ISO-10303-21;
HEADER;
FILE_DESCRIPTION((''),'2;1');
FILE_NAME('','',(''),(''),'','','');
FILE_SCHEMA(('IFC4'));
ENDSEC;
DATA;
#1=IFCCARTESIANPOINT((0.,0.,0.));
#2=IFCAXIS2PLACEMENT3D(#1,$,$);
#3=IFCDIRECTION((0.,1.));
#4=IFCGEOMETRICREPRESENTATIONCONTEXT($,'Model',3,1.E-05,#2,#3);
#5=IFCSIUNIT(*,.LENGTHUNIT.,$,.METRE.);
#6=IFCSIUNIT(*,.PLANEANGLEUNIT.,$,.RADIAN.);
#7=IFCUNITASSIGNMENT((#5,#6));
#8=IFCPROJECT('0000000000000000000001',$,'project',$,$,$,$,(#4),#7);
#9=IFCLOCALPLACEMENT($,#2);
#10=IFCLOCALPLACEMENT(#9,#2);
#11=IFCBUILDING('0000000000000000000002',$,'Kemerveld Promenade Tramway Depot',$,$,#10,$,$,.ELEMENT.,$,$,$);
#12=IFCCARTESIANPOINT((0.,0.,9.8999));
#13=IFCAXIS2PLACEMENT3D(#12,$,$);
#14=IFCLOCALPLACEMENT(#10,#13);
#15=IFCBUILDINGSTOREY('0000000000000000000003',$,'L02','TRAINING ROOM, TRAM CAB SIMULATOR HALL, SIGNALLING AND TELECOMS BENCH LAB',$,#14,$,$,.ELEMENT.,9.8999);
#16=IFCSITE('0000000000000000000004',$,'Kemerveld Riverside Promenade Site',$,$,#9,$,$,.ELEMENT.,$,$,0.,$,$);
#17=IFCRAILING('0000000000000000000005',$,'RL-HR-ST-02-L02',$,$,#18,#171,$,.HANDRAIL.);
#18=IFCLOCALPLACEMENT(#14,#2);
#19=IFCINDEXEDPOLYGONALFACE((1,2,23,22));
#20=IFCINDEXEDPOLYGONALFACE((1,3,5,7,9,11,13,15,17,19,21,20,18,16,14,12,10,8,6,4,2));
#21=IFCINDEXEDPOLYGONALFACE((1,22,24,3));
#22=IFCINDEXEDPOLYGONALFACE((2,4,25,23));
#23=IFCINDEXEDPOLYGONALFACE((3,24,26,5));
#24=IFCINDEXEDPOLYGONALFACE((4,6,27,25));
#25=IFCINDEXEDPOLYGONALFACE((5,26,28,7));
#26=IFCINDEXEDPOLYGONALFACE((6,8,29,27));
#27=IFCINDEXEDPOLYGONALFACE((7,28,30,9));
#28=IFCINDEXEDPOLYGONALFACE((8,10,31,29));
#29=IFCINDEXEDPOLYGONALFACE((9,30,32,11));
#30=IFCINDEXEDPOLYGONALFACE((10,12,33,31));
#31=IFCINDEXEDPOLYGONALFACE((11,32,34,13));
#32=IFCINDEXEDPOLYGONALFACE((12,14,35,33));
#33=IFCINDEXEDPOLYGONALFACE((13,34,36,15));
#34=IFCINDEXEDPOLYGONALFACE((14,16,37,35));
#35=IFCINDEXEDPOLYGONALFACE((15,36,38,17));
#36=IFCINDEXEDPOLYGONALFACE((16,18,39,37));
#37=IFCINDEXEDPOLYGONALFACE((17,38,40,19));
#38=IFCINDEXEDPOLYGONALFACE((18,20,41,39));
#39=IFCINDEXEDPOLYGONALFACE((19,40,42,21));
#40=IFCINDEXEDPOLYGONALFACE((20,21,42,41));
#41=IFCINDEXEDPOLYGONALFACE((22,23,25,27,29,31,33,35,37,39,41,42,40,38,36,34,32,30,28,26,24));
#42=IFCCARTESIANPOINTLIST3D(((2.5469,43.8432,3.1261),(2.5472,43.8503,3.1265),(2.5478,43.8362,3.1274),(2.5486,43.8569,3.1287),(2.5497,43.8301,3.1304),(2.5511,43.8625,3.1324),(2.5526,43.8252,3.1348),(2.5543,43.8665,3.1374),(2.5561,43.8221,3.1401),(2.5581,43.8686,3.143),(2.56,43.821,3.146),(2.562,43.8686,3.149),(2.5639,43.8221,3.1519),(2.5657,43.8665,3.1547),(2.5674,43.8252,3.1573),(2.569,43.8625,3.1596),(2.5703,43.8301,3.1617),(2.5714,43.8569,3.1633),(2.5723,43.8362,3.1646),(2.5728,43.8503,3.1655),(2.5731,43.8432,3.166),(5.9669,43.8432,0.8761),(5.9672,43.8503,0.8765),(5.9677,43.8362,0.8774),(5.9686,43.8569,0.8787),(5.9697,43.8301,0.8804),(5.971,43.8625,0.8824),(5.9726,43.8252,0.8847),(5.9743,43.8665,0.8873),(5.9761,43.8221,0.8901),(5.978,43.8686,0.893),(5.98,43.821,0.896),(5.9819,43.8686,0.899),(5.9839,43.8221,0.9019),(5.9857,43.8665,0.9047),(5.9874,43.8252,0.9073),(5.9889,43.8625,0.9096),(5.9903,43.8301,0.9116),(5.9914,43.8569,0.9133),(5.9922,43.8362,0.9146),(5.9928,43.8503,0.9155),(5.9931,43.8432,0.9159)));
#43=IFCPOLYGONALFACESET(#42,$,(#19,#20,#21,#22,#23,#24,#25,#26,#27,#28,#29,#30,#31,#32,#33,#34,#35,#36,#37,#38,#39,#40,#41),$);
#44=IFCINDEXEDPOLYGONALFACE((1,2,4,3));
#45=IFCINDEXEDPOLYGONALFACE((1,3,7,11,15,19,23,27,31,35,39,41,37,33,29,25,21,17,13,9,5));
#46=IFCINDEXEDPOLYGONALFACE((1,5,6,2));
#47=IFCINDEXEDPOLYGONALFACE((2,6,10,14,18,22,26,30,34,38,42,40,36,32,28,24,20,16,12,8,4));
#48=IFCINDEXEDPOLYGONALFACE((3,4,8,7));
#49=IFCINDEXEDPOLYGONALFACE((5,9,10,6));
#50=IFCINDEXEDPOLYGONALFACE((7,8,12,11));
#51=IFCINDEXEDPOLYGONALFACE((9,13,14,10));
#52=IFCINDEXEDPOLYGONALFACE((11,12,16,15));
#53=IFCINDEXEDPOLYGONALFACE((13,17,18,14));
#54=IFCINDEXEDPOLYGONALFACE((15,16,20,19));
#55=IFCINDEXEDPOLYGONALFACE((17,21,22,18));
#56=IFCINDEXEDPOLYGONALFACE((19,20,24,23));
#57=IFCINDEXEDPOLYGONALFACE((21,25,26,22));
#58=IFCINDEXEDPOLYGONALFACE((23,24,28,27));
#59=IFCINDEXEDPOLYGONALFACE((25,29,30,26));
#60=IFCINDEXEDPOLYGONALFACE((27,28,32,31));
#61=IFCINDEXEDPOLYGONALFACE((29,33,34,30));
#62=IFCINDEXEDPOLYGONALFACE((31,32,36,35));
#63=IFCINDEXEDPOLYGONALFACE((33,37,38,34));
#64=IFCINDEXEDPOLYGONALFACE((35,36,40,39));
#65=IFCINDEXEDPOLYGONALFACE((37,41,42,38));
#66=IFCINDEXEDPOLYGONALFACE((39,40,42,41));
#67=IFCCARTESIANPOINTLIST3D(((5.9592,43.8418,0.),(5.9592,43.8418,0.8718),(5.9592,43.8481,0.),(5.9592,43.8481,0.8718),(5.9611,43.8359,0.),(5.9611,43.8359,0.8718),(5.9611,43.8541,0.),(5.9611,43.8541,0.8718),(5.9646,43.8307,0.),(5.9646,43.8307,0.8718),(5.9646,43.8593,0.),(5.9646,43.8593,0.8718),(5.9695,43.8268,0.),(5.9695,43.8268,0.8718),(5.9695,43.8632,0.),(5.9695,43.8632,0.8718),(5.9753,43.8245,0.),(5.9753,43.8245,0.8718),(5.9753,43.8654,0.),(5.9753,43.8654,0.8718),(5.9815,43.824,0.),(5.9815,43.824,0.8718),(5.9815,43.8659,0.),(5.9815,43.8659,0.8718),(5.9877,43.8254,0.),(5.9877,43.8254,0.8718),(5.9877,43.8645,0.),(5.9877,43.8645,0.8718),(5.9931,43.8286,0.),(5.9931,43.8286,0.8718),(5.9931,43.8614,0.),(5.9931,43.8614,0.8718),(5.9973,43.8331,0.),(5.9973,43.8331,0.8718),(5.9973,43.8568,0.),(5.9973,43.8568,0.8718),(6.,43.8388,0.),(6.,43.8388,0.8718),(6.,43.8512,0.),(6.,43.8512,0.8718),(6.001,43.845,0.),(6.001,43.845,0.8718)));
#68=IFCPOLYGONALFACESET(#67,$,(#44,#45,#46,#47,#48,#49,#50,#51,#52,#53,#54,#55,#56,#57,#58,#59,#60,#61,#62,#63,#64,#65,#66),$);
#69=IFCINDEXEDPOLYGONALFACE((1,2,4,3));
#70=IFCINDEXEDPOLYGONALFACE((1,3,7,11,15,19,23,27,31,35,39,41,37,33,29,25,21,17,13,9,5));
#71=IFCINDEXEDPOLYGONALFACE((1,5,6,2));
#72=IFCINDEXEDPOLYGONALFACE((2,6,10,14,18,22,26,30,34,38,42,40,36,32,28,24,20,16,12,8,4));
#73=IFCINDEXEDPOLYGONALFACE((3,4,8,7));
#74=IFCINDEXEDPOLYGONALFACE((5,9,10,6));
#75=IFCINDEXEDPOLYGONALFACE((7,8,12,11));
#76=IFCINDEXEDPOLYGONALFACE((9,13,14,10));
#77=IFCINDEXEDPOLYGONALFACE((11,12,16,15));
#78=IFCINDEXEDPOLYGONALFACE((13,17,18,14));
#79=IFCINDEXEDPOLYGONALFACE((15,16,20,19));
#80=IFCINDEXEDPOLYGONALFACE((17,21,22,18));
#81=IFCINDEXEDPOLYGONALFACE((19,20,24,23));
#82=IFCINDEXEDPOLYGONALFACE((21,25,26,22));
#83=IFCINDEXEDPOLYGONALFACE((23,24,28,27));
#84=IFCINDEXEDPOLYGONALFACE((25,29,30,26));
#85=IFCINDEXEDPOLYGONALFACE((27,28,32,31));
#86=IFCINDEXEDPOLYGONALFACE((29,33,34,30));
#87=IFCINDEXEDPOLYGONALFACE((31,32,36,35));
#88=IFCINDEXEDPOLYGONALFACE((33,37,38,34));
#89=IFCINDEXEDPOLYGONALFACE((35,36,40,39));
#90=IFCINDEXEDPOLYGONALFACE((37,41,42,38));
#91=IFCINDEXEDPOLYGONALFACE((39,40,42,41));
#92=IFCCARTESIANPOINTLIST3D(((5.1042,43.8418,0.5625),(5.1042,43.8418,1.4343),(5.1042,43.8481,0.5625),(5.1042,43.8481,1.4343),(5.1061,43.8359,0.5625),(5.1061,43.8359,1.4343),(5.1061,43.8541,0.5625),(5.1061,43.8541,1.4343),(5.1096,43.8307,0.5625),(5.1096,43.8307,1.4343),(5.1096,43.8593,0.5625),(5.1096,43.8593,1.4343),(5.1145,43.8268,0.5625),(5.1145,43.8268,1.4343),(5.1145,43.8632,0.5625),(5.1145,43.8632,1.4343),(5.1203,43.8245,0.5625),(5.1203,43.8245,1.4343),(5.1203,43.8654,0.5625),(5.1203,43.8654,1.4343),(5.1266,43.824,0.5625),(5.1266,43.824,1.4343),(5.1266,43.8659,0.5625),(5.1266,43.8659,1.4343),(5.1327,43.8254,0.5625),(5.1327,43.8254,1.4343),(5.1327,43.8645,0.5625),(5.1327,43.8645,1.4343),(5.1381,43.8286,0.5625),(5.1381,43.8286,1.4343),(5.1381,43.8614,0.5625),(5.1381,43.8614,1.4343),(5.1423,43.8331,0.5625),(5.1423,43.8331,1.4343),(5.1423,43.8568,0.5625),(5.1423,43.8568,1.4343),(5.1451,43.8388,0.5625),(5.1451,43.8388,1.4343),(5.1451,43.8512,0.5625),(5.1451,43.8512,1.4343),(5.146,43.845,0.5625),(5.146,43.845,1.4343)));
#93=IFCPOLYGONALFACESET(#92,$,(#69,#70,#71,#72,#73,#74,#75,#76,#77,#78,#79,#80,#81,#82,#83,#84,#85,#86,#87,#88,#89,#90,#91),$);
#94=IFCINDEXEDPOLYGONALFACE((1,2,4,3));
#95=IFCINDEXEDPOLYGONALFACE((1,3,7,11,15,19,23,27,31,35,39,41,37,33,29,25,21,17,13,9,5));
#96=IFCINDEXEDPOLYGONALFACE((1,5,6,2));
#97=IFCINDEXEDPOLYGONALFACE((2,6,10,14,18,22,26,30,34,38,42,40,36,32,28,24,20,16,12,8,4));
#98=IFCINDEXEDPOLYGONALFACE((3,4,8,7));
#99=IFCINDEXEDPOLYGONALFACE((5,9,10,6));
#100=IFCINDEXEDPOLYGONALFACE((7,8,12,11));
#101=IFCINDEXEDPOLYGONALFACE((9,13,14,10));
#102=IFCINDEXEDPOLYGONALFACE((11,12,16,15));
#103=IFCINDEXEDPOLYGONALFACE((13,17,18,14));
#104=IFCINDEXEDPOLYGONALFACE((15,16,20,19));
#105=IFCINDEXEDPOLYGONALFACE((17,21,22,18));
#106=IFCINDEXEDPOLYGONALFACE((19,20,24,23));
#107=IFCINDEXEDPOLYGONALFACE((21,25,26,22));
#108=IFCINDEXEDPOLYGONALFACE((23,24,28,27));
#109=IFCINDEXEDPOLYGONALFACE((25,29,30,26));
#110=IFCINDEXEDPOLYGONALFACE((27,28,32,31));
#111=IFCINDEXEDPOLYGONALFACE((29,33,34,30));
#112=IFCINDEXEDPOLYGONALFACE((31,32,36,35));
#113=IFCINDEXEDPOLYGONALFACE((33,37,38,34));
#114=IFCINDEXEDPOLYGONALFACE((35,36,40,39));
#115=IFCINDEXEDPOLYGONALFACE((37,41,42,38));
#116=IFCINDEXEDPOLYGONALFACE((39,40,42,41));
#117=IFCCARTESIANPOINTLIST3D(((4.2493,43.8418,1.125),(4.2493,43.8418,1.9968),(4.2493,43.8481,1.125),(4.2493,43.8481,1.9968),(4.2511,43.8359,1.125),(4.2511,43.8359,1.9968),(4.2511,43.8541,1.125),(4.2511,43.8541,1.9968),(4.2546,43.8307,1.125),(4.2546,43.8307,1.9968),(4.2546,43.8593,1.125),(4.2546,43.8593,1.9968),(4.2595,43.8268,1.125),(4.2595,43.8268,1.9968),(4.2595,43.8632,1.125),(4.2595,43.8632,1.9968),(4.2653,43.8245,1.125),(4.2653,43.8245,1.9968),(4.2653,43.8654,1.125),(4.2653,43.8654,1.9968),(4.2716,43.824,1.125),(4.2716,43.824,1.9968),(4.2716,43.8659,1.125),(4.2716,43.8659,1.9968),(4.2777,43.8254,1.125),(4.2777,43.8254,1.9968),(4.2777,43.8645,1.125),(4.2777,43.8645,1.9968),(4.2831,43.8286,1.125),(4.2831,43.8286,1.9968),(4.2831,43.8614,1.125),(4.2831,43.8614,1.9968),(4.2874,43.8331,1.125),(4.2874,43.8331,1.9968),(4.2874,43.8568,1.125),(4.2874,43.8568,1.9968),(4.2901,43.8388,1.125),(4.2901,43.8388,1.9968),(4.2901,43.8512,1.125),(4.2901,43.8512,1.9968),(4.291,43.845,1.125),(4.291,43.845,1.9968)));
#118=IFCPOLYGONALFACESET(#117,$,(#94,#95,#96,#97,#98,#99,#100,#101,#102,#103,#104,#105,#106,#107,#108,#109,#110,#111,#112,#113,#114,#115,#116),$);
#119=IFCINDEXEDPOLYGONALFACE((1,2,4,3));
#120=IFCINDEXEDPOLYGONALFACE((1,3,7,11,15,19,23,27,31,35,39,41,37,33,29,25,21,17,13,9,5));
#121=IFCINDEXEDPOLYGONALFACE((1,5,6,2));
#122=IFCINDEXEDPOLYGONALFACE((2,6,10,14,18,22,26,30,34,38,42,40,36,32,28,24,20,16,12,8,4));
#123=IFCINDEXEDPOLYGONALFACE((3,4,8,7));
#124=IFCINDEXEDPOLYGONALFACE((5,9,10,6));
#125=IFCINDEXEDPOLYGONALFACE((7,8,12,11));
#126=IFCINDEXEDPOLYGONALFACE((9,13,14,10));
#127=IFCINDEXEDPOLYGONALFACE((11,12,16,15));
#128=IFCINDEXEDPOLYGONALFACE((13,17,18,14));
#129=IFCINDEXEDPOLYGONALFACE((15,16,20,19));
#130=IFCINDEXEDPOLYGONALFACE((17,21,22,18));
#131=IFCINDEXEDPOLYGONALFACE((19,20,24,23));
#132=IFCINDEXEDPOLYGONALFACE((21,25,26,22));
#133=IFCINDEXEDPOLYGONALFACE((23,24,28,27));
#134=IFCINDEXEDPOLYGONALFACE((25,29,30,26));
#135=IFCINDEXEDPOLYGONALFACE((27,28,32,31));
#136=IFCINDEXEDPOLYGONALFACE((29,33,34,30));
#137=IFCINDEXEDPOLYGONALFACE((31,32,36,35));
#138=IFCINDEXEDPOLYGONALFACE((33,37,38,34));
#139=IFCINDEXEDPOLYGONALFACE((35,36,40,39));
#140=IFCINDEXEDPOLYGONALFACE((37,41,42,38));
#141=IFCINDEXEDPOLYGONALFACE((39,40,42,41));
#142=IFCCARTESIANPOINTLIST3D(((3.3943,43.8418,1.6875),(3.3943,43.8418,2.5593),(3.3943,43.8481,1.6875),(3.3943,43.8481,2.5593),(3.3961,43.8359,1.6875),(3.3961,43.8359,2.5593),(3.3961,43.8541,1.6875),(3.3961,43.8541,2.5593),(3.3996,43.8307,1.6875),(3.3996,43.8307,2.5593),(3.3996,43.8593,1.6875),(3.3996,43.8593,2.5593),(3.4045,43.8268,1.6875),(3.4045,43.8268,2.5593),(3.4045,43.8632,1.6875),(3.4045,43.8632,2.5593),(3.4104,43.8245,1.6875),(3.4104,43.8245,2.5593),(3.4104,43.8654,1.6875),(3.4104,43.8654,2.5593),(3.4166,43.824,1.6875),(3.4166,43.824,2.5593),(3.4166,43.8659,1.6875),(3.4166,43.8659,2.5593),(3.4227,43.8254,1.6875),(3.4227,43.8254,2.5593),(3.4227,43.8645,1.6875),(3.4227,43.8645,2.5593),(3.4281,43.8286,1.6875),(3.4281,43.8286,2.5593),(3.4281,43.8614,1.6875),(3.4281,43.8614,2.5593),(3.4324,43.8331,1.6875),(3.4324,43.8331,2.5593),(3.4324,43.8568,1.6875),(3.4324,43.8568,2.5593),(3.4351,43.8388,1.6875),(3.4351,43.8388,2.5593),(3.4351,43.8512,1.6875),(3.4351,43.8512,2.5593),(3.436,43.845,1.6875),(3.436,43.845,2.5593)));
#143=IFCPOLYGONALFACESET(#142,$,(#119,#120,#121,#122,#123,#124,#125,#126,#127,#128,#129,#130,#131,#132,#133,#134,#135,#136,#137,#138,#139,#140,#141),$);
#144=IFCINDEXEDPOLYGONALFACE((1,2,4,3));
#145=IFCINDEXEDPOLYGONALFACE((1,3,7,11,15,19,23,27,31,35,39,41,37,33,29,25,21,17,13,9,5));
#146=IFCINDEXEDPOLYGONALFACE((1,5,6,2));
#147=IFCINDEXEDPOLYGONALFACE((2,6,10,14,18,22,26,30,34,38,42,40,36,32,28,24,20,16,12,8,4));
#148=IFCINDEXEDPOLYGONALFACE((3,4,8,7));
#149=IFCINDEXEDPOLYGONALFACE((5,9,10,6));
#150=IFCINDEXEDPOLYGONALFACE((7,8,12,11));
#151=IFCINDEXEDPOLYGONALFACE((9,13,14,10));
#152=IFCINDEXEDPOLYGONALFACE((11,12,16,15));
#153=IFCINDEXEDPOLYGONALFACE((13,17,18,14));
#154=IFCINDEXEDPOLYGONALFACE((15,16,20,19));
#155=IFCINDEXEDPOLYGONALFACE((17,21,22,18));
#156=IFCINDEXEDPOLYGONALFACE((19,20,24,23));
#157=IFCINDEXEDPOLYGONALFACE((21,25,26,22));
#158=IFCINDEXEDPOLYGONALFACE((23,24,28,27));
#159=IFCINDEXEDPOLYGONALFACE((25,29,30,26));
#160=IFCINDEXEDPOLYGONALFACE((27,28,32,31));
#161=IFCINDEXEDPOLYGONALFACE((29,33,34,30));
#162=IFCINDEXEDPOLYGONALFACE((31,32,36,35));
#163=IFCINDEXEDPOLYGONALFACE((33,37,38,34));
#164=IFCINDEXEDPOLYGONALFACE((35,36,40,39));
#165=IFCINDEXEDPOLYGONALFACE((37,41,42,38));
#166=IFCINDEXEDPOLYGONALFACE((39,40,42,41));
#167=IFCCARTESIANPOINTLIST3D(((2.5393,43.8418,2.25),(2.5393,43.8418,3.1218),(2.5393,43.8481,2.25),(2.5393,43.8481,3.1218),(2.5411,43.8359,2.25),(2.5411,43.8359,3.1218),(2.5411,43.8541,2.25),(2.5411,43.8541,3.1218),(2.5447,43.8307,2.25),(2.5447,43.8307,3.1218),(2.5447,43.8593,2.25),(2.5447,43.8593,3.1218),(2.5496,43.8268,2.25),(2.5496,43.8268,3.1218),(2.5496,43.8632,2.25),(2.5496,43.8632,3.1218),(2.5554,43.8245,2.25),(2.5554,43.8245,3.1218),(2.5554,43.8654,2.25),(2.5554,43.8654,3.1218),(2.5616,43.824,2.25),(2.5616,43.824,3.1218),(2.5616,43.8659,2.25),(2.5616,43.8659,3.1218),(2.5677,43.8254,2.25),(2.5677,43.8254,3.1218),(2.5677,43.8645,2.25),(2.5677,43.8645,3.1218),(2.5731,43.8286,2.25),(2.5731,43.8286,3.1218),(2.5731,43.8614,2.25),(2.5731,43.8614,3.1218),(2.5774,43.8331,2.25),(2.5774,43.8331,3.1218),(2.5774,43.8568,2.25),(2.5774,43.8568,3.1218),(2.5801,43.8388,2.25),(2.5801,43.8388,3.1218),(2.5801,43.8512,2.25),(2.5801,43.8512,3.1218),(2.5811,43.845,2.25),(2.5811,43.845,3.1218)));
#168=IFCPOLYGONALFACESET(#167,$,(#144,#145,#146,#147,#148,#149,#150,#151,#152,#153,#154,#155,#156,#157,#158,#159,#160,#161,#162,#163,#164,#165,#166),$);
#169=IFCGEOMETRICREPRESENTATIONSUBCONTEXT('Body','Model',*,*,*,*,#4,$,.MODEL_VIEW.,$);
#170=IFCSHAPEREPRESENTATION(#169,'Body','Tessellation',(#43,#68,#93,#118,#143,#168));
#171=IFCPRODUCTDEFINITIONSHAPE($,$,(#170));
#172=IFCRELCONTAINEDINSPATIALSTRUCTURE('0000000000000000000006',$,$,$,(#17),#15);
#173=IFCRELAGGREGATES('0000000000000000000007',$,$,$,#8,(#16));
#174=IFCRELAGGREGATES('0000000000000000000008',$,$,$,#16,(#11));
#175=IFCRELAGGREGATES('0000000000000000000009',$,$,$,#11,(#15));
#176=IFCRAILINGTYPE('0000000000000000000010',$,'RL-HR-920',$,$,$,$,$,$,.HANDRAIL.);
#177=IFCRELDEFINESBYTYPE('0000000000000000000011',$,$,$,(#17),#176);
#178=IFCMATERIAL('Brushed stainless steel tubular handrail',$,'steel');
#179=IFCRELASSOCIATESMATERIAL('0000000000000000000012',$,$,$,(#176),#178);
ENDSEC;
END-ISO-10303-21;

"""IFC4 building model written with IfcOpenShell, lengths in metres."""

from ifc_helpers import new_model, si_unit, direction, frame, origin, origin_2d, place, context, subcontext, project, spatial, circle, extrude, material, type_object, element, save


model = new_model("IFC4")

# Units and contexts
model_context = context("Model", 3, precision=1e-05, world=origin(), true_north=direction((0.0, 1.0)))
body_context = subcontext(model_context, "Body", "Model", "MODEL_VIEW")
ifc_project = project(units=[si_unit("LENGTHUNIT", "METRE"), si_unit("PLANEANGLEUNIT", "RADIAN")], contexts=[model_context])

# Site, building, storey
site_placement = place(None, origin())
site = spatial("IfcSite", under=ifc_project, at=site_placement, Name="Kemerveld Riverside Promenade Site", CompositionType="ELEMENT", RefElevation=0.0)
building_placement = place(site_placement, origin())
building = spatial("IfcBuilding", under=site, at=building_placement, Name="Kemerveld Promenade Tramway Depot", CompositionType="ELEMENT")
storey_placement = place(building_placement, frame((0.0, 0.0, 9.8999)))
storey = spatial("IfcBuildingStorey", under=building, at=storey_placement, Name="L02", Description="TRAINING ROOM, TRAM CAB SIMULATOR HALL, SIGNALLING AND TELECOMS BENCH LAB", CompositionType="ELEMENT", Elevation=9.8999)

# Railing
ifc_material_1 = material(Name="Brushed stainless steel tubular handrail", Category="steel")
railing_type_1 = type_object("IfcRailingType", Name="RL-HR-920", PredefinedType="HANDRAIL", material=ifc_material_1)
railing_1_placement = place(storey_placement, frame((5.98, 43.845, 0.0)))
element("IfcRailing", 1, at=railing_1_placement, inside=storey, type_object=railing_type_1, Name="RL-HR-ST-02-L02", PredefinedType="HANDRAIL", context=body_context, shape_type="SweptSolid", body=[
    extrude(circle(Radius=0.0239, at=origin_2d()), frame((0.0, 0.0, 0.896), z_axis=(-0.835411, 0.0, 0.549625), x_axis=(0.0, -1.0, 0.0)), (0.0, 0.0, 1.0), 4.0938),
    extrude(circle(Radius=0.021, at=origin_2d()), origin(), (0.0, 0.0, 1.0), 0.8718),
    extrude(circle(Radius=0.021, at=origin_2d()), frame((-0.855, 0.0, 0.5625)), (0.0, 0.0, 1.0), 0.8718),
    extrude(circle(Radius=0.021, at=origin_2d()), frame((-1.71, 0.0, 1.125)), (0.0, 0.0, 1.0), 0.8718),
    extrude(circle(Radius=0.021, at=origin_2d()), frame((-2.5649, 0.0, 1.6875)), (0.0, 0.0, 1.0), 0.8718),
    extrude(circle(Radius=0.021, at=origin_2d()), frame((-3.4199, 0.0, 2.25)), (0.0, 0.0, 1.0), 0.8718),
])

save(model, "model.ifc")
